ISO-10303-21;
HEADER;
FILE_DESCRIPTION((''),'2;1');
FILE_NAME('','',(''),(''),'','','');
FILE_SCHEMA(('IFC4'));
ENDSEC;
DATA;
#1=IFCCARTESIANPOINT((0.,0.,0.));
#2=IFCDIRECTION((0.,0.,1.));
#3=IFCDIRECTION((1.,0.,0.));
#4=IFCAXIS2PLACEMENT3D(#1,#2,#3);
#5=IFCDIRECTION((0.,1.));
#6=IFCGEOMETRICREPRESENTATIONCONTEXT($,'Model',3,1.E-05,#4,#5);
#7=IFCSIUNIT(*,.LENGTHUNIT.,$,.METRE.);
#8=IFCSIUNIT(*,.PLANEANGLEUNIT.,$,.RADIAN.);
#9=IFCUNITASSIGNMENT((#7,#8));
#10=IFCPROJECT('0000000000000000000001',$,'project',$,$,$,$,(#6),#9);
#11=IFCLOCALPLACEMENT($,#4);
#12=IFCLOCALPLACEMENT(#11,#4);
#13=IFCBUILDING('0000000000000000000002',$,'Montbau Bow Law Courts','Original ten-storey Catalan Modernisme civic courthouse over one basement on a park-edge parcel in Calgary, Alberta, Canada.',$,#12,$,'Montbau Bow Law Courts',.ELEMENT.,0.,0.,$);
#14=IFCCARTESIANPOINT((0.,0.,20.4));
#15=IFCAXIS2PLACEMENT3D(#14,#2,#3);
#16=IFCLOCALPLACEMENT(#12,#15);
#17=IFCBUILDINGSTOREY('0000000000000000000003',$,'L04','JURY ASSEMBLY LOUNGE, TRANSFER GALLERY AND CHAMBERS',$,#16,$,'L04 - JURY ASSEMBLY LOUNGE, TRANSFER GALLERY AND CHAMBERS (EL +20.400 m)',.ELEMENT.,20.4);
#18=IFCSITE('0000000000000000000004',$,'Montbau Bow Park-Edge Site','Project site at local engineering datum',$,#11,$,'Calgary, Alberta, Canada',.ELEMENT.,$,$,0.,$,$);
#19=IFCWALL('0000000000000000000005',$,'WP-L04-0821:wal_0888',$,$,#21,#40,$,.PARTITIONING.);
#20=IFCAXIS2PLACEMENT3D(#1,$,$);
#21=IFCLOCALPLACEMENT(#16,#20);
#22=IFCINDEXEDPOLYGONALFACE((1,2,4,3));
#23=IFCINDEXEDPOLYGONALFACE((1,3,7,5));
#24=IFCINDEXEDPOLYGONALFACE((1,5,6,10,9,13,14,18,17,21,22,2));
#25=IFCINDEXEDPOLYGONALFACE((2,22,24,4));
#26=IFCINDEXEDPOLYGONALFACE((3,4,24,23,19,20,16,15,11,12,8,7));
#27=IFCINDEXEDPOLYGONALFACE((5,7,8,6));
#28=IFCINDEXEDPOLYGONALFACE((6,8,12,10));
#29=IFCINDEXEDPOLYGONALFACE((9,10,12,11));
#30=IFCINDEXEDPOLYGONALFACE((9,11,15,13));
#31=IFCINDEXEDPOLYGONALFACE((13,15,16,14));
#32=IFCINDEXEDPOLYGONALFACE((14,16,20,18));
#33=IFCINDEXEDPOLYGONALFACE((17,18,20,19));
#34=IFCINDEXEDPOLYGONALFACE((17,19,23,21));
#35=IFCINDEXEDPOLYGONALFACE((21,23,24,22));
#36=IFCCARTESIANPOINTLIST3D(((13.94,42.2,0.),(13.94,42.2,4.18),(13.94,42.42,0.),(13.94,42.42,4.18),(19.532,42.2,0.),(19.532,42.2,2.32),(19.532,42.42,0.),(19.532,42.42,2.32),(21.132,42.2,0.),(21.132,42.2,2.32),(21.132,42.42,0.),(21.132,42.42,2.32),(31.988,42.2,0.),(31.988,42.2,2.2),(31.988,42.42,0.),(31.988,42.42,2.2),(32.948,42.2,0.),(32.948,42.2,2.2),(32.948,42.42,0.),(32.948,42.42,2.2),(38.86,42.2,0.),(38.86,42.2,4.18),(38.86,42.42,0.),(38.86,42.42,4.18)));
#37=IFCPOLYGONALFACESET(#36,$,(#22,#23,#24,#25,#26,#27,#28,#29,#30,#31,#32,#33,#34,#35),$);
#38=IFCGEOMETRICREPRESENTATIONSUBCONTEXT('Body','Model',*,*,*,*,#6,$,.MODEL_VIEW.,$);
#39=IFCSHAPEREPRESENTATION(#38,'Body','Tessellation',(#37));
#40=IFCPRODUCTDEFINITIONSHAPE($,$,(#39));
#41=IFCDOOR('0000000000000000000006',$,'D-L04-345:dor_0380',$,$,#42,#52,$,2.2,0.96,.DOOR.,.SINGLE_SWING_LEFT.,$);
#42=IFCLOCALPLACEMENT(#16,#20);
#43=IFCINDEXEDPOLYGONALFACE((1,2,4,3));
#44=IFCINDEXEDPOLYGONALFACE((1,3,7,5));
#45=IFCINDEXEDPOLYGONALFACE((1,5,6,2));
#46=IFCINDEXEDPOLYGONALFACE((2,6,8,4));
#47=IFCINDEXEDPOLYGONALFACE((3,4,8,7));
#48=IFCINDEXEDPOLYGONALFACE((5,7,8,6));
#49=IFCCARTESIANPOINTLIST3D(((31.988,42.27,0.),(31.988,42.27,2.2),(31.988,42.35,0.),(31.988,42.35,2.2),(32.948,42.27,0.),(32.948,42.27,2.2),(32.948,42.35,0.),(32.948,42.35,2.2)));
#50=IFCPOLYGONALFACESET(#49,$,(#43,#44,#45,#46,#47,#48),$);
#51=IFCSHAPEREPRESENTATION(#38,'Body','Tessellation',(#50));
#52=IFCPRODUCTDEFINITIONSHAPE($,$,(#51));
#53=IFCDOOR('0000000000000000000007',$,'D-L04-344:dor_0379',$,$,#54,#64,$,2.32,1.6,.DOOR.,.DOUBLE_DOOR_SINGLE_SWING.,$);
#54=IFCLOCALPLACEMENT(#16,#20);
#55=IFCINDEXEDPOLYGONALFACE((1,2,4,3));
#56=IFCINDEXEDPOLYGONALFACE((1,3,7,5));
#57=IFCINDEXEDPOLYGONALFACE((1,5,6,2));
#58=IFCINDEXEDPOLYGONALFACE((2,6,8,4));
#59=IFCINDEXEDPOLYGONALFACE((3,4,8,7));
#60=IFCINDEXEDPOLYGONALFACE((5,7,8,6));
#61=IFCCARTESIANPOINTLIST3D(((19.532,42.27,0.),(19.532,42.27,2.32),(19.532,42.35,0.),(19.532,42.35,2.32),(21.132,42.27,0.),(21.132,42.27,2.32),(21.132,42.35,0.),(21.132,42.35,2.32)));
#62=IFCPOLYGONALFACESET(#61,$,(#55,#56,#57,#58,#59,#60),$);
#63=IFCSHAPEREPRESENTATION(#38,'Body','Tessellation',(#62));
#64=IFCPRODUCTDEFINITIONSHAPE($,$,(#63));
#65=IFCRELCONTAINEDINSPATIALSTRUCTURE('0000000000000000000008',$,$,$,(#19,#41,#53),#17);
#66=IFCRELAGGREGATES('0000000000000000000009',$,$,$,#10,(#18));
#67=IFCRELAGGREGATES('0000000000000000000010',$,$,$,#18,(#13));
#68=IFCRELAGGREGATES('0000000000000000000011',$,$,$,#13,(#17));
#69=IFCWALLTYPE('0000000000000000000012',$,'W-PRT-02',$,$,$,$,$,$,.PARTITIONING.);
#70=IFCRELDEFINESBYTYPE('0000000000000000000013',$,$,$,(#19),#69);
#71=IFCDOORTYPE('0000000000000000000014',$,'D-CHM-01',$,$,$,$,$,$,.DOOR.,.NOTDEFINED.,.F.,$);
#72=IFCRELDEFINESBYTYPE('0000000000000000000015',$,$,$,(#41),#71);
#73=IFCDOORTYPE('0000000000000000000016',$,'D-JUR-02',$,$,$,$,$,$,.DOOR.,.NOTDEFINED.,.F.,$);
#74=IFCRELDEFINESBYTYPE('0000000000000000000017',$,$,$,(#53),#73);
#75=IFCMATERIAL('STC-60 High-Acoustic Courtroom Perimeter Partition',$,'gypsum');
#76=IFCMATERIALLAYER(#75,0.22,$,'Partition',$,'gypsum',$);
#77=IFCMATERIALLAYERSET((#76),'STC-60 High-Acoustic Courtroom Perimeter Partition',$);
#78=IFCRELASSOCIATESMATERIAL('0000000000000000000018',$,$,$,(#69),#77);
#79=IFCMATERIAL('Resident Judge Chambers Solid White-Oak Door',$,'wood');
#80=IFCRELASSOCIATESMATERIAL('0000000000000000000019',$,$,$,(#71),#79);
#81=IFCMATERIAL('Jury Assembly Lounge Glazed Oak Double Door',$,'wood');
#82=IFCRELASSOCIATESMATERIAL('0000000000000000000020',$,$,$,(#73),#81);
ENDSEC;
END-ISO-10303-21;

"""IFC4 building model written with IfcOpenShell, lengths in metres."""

from ifc_helpers import new_model, si_unit, direction, frame, frame_2d, origin_with_axes, place, context, subcontext, project, spatial, rectangle, extrude, material, layer, layer_set, type_object, element, fill, save


model = new_model("IFC4")

# Units and contexts
model_context = context("Model", 3, precision=1e-05, world=origin_with_axes(), true_north=direction((0.0, 1.0)))
body_context = subcontext(model_context, "Body", "Model", "MODEL_VIEW")
ifc_project = project(units=[si_unit("LENGTHUNIT", "METRE"), si_unit("PLANEANGLEUNIT", "RADIAN")], contexts=[model_context])

# Site, building, storey
site_placement = place(None, origin_with_axes())
site = spatial("IfcSite", under=ifc_project, at=site_placement, Name="Montbau Bow Park-Edge Site", Description="Project site at local engineering datum", LongName="Calgary, Alberta, Canada", CompositionType="ELEMENT", RefElevation=0.0)
building_placement = place(site_placement, origin_with_axes())
building = spatial("IfcBuilding", under=site, at=building_placement, Name="Montbau Bow Law Courts", Description="Original ten-storey Catalan Modernisme civic courthouse over one basement on a park-edge parcel in Calgary, Alberta, Canada.", LongName="Montbau Bow Law Courts", CompositionType="ELEMENT", ElevationOfRefHeight=0.0, ElevationOfTerrain=0.0)
storey_placement = place(building_placement, frame((0.0, 0.0, 20.4), z_axis=(0.0, 0.0, 1.0), x_axis=(1.0, 0.0, 0.0)))
storey = spatial("IfcBuildingStorey", under=building, at=storey_placement, Name="L04", Description="JURY ASSEMBLY LOUNGE, TRANSFER GALLERY AND CHAMBERS", LongName="L04 - JURY ASSEMBLY LOUNGE, TRANSFER GALLERY AND CHAMBERS (EL +20.400 m)", CompositionType="ELEMENT", Elevation=20.4)

# Wall, openings, doors
ifc_material_1 = material(Name="STC-60 High-Acoustic Courtroom Perimeter Partition", Category="gypsum")
ifc_layer_1 = layer(ifc_material_1, 0.22, Name="Partition", Category="gypsum")
ifc_layer_set_1 = layer_set([ifc_layer_1], Name="STC-60 High-Acoustic Courtroom Perimeter Partition")
wall_type_1 = type_object("IfcWallType", Name="W-PRT-02", PredefinedType="PARTITIONING", material=ifc_layer_set_1)
wall_1_placement = place(None, frame((13.94, 42.31, 20.4), z_axis=(0.0, 0.0, 1.0), x_axis=(1.0, 0.0, 0.0)))
wall_1 = element("IfcWall", 1, at=wall_1_placement, inside=storey, type_object=wall_type_1, Name="WP-L04-0821:wal_0888", PredefinedType="PARTITIONING", context=body_context, shape_type="SweptSolid", body=[
    extrude(rectangle(XDim=24.92, YDim=0.22, at=frame_2d((12.46, 0.0), x_axis=(1.0, 0.0))), origin_with_axes(), (0.0, 0.0, 1.0), 4.18),
])
opening_1_placement = place(None, frame((20.332, 42.31, 20.4), z_axis=(0.0, 0.0, 1.0), x_axis=(1.0, 0.0, 0.0)))
opening_1 = element("IfcOpeningElement", 2, at=opening_1_placement, cuts=wall_1, PredefinedType="OPENING", context=body_context, shape_type="SweptSolid", body=[
    extrude(rectangle(XDim=1.6, YDim=2.32, at=frame_2d((0.0, 1.16), x_axis=(1.0, 0.0))), frame((0.0, 0.12, 0.0), z_axis=(0.0, -1.0, 0.0), x_axis=(1.0, 0.0, 0.0)), (0.0, 0.0, 1.0), 0.24),
])
opening_2_placement = place(None, frame((32.468, 42.31, 20.4), z_axis=(0.0, 0.0, 1.0), x_axis=(1.0, 0.0, 0.0)))
opening_2 = element("IfcOpeningElement", 3, at=opening_2_placement, cuts=wall_1, PredefinedType="OPENING", context=body_context, shape_type="SweptSolid", body=[
    extrude(rectangle(XDim=0.96, YDim=2.2, at=frame_2d((0.0, 1.1), x_axis=(1.0, 0.0))), frame((0.0, 0.12, 0.0), z_axis=(0.0, -1.0, 0.0), x_axis=(1.0, 0.0, 0.0)), (0.0, 0.0, 1.0), 0.24),
])
ifc_material_2 = material(Name="Resident Judge Chambers Solid White-Oak Door", Category="wood")
door_type_1 = type_object("IfcDoorType", Name="D-CHM-01", OperationType="NOTDEFINED", ParameterTakesPrecedence=False, PredefinedType="DOOR", material=ifc_material_2)
door_1_placement = place(None, frame((32.468, 42.31, 20.4), z_axis=(0.0, 0.0, 1.0), x_axis=(1.0, 0.0, 0.0)))
door_1 = element("IfcDoor", 4, at=door_1_placement, inside=storey, type_object=door_type_1, Name="D-L04-345:dor_0380", OperationType="SINGLE_SWING_LEFT", OverallHeight=2.2, OverallWidth=0.96, PredefinedType="DOOR", context=body_context, shape_type="SweptSolid", body=[
    extrude(rectangle(XDim=0.96, YDim=2.2, at=frame_2d((0.0, 1.1), x_axis=(1.0, 0.0))), frame((0.0, 0.04, 0.0), z_axis=(0.0, -1.0, 0.0), x_axis=(1.0, 0.0, 0.0)), (0.0, 0.0, 1.0), 0.08),
])
fill(opening_2, door_1)
ifc_material_3 = material(Name="Jury Assembly Lounge Glazed Oak Double Door", Category="wood")
door_type_2 = type_object("IfcDoorType", Name="D-JUR-02", OperationType="NOTDEFINED", ParameterTakesPrecedence=False, PredefinedType="DOOR", material=ifc_material_3)
door_2_placement = place(None, frame((20.332, 42.31, 20.4), z_axis=(0.0, 0.0, 1.0), x_axis=(1.0, 0.0, 0.0)))
door_2 = element("IfcDoor", 5, at=door_2_placement, inside=storey, type_object=door_type_2, Name="D-L04-344:dor_0379", OperationType="DOUBLE_DOOR_SINGLE_SWING", OverallHeight=2.32, OverallWidth=1.6, PredefinedType="DOOR", context=body_context, shape_type="SweptSolid", body=[
    extrude(rectangle(XDim=1.6, YDim=2.32, at=frame_2d((0.0, 1.16), x_axis=(1.0, 0.0))), frame((0.0, 0.04, 0.0), z_axis=(0.0, -1.0, 0.0), x_axis=(1.0, 0.0, 0.0)), (0.0, 0.0, 1.0), 0.08),
])
fill(opening_1, door_2)

save(model, "model.ifc")
